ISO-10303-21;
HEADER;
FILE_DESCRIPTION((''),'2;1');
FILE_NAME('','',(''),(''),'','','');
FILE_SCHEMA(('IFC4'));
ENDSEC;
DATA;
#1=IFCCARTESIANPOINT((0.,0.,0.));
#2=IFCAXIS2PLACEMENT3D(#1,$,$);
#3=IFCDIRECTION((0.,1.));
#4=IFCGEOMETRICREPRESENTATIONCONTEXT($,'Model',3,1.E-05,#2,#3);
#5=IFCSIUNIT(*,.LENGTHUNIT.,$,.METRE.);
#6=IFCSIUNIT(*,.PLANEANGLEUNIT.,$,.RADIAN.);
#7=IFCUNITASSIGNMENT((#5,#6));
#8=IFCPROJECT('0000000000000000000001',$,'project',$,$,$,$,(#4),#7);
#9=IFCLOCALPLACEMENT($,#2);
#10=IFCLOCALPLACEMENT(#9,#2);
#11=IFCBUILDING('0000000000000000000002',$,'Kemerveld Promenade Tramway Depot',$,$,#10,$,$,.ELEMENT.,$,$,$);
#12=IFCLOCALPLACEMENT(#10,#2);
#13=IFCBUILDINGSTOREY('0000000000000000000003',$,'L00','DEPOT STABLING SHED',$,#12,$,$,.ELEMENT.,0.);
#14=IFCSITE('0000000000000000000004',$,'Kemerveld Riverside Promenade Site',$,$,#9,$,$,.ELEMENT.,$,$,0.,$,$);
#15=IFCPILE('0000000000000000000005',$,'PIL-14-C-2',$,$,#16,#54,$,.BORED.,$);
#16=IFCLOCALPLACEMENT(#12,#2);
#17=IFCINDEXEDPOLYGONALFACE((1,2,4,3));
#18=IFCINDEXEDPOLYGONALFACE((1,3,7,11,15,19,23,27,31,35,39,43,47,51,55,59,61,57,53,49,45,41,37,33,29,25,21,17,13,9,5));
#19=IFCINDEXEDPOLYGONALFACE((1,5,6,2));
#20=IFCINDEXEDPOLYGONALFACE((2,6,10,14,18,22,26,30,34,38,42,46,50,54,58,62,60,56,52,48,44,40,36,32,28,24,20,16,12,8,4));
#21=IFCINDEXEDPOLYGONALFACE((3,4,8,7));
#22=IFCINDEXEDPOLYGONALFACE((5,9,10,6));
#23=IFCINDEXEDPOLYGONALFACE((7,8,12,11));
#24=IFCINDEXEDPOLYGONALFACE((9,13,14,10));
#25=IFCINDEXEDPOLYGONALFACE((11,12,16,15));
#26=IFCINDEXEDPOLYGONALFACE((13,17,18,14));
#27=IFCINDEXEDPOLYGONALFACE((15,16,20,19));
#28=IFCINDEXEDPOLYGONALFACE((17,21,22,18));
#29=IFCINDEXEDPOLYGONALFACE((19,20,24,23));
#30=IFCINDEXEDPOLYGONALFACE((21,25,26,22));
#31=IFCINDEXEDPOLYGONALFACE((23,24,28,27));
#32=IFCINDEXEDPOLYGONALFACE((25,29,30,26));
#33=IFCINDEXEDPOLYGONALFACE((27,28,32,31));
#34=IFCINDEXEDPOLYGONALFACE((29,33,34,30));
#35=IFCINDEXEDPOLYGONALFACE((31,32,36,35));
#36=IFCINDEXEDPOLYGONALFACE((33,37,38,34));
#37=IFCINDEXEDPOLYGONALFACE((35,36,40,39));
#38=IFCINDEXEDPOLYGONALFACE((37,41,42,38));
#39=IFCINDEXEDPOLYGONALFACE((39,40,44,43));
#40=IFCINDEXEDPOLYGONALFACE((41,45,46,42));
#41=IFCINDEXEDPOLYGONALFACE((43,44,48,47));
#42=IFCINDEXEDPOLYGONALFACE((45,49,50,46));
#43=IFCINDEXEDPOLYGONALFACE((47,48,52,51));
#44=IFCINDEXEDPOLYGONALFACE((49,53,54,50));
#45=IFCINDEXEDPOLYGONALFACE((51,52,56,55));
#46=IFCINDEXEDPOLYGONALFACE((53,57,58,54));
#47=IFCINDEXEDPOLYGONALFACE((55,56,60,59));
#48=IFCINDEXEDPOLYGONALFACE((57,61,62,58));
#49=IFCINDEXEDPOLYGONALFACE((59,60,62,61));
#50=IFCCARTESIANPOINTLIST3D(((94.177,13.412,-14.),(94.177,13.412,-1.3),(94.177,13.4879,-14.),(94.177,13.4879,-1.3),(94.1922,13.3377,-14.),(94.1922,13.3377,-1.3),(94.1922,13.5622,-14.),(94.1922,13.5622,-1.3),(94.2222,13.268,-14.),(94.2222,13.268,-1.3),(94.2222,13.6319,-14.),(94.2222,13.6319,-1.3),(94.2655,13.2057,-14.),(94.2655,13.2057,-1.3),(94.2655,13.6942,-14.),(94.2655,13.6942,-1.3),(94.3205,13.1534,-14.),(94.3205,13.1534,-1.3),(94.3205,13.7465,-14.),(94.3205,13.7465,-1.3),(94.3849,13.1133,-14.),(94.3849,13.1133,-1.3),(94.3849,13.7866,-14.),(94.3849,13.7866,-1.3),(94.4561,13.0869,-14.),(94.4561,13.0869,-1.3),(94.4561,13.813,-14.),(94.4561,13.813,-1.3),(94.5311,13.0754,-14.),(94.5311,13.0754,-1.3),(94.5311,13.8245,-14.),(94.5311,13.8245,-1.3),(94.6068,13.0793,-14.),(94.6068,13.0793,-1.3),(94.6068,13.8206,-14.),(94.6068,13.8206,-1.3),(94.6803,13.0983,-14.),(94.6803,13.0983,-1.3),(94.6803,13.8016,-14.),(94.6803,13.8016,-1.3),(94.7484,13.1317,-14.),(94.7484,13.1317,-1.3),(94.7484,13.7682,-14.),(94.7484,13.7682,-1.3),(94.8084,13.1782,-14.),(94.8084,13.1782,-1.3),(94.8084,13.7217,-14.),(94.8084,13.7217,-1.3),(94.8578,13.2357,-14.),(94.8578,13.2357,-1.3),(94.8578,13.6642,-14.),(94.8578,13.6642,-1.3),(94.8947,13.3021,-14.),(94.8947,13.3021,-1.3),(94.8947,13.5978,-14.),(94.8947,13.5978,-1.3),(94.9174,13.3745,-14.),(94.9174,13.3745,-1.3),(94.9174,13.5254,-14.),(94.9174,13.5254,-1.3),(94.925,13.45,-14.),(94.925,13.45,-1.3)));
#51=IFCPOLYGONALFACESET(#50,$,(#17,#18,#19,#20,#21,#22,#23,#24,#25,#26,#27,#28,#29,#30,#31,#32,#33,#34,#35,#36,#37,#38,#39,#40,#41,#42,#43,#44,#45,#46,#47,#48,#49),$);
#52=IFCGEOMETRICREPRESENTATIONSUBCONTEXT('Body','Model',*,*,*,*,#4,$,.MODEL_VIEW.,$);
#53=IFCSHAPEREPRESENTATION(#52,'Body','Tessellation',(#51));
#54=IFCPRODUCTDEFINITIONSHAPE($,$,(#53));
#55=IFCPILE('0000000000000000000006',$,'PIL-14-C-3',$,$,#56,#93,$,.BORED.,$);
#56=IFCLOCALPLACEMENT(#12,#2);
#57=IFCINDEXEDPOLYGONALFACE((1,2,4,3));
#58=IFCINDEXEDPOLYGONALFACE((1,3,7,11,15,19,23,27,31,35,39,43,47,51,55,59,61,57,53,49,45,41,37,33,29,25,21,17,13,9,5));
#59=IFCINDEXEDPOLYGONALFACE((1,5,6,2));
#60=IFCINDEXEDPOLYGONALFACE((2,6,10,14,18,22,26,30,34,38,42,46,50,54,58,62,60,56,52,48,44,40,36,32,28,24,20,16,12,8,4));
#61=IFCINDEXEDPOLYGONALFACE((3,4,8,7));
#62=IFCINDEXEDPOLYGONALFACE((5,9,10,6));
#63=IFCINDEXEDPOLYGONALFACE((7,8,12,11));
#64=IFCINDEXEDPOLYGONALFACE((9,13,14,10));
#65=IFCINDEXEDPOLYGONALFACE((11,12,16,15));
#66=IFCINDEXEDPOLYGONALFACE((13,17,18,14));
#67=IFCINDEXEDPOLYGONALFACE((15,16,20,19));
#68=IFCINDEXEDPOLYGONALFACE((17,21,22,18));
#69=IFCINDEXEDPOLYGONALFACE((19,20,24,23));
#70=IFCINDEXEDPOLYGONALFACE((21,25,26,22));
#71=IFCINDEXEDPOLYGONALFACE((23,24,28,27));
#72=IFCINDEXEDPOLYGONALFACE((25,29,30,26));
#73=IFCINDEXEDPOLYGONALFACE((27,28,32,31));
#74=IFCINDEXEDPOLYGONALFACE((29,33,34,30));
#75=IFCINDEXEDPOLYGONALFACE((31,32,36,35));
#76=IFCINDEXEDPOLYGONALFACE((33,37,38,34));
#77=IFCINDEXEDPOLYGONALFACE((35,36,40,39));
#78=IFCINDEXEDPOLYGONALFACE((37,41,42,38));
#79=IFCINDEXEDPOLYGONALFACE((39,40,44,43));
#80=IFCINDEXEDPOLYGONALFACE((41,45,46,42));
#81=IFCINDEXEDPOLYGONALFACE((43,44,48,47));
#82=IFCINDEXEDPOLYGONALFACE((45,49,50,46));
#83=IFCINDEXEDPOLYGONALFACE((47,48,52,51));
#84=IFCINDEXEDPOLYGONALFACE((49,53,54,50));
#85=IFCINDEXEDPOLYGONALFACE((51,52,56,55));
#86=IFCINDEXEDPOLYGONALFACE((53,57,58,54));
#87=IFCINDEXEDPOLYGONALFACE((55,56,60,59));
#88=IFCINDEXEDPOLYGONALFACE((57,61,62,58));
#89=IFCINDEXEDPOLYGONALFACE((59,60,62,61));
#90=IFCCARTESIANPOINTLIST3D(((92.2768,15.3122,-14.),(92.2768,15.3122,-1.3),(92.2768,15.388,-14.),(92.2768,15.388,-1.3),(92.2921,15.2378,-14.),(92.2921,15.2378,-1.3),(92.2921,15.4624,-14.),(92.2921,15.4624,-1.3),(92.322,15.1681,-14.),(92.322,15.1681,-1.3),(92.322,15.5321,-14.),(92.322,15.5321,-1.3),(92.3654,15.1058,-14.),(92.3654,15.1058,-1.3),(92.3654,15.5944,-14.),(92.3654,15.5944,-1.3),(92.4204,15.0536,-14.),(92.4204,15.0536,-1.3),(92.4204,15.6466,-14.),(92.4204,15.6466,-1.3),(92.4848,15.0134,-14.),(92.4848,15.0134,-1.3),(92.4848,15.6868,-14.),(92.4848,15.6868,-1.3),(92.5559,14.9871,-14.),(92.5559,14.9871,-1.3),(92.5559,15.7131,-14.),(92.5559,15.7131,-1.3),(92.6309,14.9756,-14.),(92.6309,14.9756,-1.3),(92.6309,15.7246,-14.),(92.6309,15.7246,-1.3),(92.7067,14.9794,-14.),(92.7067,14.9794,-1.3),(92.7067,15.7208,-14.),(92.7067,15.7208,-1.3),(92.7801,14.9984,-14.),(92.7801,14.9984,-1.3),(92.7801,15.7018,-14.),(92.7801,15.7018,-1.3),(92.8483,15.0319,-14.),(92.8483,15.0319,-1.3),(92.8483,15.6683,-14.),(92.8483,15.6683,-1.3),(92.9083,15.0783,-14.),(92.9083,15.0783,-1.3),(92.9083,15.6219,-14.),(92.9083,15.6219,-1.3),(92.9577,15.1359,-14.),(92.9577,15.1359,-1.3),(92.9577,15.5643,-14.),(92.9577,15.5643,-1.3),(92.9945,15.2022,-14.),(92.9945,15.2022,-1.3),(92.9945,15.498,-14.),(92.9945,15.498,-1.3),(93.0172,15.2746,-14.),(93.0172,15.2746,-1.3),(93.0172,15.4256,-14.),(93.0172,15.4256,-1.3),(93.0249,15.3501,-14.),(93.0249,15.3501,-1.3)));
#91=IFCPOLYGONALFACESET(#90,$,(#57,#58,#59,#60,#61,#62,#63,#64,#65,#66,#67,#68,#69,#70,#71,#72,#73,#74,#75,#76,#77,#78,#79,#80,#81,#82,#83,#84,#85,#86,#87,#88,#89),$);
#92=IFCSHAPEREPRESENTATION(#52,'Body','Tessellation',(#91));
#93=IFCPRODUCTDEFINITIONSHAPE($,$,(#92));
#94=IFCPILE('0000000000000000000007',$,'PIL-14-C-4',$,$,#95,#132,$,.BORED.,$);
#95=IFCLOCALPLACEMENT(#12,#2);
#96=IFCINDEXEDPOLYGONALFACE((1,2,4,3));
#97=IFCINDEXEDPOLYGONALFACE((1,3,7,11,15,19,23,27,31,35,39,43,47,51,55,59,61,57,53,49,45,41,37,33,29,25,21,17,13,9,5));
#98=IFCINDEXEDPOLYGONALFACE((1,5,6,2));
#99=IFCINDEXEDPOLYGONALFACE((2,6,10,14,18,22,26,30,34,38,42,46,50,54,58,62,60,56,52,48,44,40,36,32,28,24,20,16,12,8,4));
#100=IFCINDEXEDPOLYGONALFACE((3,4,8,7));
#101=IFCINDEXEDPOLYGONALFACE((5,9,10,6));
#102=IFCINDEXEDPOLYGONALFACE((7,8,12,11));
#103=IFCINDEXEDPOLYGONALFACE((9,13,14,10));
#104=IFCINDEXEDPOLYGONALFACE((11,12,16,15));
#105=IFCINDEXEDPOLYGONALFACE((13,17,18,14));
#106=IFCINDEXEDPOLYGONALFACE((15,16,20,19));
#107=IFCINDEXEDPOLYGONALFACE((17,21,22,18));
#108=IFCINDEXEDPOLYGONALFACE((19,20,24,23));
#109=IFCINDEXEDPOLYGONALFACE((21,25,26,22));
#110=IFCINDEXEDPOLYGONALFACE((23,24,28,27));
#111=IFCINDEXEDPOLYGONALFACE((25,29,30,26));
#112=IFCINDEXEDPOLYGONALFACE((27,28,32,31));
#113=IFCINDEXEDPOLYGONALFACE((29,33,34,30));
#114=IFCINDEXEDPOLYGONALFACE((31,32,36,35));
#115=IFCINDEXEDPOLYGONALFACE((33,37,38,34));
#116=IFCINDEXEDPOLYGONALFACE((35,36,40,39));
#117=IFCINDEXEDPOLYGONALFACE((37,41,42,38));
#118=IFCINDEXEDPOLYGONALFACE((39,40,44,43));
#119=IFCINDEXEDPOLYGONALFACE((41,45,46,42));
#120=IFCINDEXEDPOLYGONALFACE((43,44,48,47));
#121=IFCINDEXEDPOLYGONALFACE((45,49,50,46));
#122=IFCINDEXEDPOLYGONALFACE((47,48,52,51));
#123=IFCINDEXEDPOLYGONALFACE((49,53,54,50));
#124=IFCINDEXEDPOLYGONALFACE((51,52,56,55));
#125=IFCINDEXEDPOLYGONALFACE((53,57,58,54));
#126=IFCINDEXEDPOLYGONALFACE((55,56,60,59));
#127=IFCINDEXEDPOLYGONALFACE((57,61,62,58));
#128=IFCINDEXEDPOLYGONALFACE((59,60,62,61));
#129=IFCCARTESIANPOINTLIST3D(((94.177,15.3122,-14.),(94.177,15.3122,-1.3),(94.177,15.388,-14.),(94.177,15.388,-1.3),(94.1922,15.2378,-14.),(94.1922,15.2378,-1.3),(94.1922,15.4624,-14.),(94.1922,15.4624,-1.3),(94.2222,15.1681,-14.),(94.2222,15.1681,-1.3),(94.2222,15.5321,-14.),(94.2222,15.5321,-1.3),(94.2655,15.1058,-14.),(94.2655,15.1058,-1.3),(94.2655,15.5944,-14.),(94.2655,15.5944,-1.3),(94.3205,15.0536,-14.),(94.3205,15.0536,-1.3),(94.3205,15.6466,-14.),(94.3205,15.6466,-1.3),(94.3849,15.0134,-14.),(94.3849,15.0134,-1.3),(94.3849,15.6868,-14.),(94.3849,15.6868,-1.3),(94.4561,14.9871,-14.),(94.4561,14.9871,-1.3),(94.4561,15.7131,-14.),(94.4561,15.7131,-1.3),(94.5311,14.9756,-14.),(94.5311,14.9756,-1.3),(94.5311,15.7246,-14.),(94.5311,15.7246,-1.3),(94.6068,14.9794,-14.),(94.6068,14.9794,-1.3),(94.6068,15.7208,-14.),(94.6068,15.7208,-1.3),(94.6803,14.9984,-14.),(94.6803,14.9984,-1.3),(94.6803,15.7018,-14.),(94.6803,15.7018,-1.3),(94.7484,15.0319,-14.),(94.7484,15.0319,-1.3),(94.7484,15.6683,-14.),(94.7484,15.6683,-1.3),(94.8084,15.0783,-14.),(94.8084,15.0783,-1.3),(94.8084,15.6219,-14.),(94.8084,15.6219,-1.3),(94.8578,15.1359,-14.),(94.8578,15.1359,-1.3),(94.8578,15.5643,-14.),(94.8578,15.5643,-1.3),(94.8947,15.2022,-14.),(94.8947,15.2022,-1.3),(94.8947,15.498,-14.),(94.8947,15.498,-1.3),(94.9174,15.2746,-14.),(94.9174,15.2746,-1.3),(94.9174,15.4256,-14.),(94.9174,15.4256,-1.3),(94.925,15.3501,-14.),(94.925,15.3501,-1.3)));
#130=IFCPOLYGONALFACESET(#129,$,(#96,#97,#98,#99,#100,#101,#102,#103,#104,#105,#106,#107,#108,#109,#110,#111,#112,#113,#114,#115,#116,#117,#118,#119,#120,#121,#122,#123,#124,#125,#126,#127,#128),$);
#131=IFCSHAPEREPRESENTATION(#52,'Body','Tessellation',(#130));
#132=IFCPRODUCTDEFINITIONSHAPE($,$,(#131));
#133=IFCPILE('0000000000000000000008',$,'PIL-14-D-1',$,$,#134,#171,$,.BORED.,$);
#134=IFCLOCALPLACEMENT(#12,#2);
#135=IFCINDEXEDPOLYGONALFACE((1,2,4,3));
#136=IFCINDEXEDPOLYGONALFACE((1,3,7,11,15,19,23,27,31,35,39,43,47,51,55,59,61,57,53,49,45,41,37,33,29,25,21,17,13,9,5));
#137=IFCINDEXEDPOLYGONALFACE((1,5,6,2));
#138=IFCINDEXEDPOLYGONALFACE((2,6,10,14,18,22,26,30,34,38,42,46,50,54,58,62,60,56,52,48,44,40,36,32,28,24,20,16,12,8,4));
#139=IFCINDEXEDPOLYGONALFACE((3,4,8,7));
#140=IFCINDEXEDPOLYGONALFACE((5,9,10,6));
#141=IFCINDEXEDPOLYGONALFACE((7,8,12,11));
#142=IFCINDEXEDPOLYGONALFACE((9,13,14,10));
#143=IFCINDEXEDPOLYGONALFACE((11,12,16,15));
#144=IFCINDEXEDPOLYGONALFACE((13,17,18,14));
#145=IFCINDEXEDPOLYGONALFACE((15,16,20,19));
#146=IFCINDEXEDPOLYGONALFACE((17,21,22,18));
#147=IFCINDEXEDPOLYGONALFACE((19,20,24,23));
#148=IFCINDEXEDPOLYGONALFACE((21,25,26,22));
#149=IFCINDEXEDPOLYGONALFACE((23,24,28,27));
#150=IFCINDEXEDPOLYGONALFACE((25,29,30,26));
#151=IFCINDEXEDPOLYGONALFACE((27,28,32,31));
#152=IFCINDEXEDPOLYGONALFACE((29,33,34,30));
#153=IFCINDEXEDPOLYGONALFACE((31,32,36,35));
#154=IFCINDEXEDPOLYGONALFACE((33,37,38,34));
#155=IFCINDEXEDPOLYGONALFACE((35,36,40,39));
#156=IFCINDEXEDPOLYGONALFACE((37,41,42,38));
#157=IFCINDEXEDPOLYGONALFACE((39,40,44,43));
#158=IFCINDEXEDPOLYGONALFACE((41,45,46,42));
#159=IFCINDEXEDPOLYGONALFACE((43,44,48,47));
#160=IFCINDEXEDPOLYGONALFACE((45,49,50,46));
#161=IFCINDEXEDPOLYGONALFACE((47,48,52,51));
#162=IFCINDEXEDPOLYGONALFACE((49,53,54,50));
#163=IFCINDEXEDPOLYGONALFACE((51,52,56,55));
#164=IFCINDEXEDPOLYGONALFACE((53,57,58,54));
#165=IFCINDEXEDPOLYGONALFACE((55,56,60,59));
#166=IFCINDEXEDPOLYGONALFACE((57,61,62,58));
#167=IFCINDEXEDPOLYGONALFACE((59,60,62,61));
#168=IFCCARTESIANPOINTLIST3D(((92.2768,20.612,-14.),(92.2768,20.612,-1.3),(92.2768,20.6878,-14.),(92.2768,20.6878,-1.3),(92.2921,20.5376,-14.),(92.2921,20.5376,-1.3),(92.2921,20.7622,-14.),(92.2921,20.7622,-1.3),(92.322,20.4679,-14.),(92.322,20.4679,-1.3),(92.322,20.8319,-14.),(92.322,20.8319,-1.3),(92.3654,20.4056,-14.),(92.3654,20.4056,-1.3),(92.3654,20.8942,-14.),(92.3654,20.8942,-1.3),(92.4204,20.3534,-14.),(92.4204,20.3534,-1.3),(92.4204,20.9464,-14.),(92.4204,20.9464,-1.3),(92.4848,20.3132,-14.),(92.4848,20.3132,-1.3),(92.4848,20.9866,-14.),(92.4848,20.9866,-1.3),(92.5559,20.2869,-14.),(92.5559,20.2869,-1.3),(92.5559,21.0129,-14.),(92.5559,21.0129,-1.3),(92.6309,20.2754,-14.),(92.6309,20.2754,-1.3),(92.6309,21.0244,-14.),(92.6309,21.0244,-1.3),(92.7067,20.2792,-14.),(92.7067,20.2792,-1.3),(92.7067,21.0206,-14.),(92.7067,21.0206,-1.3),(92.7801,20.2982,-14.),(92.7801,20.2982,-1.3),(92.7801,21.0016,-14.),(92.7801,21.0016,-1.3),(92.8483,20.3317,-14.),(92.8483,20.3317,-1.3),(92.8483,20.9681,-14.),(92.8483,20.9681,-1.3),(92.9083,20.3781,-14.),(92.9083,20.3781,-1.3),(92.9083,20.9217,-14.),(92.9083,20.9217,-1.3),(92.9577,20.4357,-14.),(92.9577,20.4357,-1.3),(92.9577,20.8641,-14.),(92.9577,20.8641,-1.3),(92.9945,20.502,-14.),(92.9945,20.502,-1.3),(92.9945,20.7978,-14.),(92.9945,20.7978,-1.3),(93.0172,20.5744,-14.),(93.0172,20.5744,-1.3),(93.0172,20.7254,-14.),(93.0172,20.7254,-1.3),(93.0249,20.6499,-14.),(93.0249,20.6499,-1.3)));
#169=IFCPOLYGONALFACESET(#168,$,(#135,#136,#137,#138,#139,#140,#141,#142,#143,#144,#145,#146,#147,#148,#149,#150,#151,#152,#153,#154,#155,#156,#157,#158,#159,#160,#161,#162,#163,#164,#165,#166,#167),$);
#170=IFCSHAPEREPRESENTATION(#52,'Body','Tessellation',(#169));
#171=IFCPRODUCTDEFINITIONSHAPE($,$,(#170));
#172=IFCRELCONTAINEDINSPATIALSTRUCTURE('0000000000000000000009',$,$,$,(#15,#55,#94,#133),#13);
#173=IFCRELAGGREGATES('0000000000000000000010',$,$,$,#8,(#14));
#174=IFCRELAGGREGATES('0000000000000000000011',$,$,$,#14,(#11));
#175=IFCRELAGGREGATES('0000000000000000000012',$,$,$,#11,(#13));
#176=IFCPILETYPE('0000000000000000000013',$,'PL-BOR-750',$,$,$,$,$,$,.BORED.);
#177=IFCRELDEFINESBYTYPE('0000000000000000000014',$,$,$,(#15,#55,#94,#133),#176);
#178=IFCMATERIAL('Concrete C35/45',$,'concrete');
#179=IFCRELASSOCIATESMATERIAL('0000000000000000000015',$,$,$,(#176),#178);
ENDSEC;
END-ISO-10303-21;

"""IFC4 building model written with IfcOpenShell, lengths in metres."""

from ifc_helpers import new_model, si_unit, direction, frame, origin, origin_2d, place, context, subcontext, project, spatial, circle, extrude, material, material_profile, profile_set, type_object, element, save


model = new_model("IFC4")

# Units and contexts
model_context = context("Model", 3, precision=1e-05, world=origin(), true_north=direction((0.0, 1.0)))
body_context = subcontext(model_context, "Body", "Model", "MODEL_VIEW")
ifc_project = project(units=[si_unit("LENGTHUNIT", "METRE"), si_unit("PLANEANGLEUNIT", "RADIAN")], contexts=[model_context])

# Site, building, storey
site_placement = place(None, origin())
site = spatial("IfcSite", under=ifc_project, at=site_placement, Name="Kemerveld Riverside Promenade Site", CompositionType="ELEMENT", RefElevation=0.0)
building_placement = place(site_placement, origin())
building = spatial("IfcBuilding", under=site, at=building_placement, Name="Kemerveld Promenade Tramway Depot", CompositionType="ELEMENT")
storey_placement = place(building_placement, origin())
storey = spatial("IfcBuildingStorey", under=building, at=storey_placement, Name="L00", Description="DEPOT STABLING SHED", CompositionType="ELEMENT", Elevation=0.0)

# Shared definitions
ifc_material_1 = material(Name="Concrete C35/45", Category="concrete")

# Piles
ifc_material_profile_1 = material_profile(ifc_material_1, circle(Radius=0.375, at=origin_2d()), Name="PILE-D750")
ifc_profile_set_1 = profile_set([ifc_material_profile_1], Name="Concrete C35/45")
pile_type = type_object("IfcPileType", Name="PL-BOR-750", PredefinedType="BORED", material=ifc_profile_set_1)
for number, where, z_axis, x_axis, name in (
    (1, (94.55, 13.45, -1.3), (0.0, 0.0, -1.0), (1.0, 0.0, 0.0), "PIL-14-C-2"),
    (2, (92.6499, 15.3501, -1.3), (0.0, 0.0, -1.0), (1.0, 0.0, 0.0), "PIL-14-C-3"),
    (3, (94.55, 15.3501, -1.3), (0.0, 0.0, -1.0), (1.0, 0.0, 0.0), "PIL-14-C-4"),
    (4, (92.6499, 20.6499, -1.3), (0.0, 0.0, -1.0), (1.0, 0.0, 0.0), "PIL-14-D-1"),
):
    element("IfcPile", number, at=place(storey_placement, frame(where, z_axis=z_axis, x_axis=x_axis)), inside=storey, type_object=pile_type, Name=name, PredefinedType="BORED", context=body_context, shape_type="SweptSolid", body=[
        extrude(circle(Radius=0.375, at=origin_2d()), origin(), (0.0, 0.0, 1.0), 12.7),
    ])

save(model, "model.ifc")
